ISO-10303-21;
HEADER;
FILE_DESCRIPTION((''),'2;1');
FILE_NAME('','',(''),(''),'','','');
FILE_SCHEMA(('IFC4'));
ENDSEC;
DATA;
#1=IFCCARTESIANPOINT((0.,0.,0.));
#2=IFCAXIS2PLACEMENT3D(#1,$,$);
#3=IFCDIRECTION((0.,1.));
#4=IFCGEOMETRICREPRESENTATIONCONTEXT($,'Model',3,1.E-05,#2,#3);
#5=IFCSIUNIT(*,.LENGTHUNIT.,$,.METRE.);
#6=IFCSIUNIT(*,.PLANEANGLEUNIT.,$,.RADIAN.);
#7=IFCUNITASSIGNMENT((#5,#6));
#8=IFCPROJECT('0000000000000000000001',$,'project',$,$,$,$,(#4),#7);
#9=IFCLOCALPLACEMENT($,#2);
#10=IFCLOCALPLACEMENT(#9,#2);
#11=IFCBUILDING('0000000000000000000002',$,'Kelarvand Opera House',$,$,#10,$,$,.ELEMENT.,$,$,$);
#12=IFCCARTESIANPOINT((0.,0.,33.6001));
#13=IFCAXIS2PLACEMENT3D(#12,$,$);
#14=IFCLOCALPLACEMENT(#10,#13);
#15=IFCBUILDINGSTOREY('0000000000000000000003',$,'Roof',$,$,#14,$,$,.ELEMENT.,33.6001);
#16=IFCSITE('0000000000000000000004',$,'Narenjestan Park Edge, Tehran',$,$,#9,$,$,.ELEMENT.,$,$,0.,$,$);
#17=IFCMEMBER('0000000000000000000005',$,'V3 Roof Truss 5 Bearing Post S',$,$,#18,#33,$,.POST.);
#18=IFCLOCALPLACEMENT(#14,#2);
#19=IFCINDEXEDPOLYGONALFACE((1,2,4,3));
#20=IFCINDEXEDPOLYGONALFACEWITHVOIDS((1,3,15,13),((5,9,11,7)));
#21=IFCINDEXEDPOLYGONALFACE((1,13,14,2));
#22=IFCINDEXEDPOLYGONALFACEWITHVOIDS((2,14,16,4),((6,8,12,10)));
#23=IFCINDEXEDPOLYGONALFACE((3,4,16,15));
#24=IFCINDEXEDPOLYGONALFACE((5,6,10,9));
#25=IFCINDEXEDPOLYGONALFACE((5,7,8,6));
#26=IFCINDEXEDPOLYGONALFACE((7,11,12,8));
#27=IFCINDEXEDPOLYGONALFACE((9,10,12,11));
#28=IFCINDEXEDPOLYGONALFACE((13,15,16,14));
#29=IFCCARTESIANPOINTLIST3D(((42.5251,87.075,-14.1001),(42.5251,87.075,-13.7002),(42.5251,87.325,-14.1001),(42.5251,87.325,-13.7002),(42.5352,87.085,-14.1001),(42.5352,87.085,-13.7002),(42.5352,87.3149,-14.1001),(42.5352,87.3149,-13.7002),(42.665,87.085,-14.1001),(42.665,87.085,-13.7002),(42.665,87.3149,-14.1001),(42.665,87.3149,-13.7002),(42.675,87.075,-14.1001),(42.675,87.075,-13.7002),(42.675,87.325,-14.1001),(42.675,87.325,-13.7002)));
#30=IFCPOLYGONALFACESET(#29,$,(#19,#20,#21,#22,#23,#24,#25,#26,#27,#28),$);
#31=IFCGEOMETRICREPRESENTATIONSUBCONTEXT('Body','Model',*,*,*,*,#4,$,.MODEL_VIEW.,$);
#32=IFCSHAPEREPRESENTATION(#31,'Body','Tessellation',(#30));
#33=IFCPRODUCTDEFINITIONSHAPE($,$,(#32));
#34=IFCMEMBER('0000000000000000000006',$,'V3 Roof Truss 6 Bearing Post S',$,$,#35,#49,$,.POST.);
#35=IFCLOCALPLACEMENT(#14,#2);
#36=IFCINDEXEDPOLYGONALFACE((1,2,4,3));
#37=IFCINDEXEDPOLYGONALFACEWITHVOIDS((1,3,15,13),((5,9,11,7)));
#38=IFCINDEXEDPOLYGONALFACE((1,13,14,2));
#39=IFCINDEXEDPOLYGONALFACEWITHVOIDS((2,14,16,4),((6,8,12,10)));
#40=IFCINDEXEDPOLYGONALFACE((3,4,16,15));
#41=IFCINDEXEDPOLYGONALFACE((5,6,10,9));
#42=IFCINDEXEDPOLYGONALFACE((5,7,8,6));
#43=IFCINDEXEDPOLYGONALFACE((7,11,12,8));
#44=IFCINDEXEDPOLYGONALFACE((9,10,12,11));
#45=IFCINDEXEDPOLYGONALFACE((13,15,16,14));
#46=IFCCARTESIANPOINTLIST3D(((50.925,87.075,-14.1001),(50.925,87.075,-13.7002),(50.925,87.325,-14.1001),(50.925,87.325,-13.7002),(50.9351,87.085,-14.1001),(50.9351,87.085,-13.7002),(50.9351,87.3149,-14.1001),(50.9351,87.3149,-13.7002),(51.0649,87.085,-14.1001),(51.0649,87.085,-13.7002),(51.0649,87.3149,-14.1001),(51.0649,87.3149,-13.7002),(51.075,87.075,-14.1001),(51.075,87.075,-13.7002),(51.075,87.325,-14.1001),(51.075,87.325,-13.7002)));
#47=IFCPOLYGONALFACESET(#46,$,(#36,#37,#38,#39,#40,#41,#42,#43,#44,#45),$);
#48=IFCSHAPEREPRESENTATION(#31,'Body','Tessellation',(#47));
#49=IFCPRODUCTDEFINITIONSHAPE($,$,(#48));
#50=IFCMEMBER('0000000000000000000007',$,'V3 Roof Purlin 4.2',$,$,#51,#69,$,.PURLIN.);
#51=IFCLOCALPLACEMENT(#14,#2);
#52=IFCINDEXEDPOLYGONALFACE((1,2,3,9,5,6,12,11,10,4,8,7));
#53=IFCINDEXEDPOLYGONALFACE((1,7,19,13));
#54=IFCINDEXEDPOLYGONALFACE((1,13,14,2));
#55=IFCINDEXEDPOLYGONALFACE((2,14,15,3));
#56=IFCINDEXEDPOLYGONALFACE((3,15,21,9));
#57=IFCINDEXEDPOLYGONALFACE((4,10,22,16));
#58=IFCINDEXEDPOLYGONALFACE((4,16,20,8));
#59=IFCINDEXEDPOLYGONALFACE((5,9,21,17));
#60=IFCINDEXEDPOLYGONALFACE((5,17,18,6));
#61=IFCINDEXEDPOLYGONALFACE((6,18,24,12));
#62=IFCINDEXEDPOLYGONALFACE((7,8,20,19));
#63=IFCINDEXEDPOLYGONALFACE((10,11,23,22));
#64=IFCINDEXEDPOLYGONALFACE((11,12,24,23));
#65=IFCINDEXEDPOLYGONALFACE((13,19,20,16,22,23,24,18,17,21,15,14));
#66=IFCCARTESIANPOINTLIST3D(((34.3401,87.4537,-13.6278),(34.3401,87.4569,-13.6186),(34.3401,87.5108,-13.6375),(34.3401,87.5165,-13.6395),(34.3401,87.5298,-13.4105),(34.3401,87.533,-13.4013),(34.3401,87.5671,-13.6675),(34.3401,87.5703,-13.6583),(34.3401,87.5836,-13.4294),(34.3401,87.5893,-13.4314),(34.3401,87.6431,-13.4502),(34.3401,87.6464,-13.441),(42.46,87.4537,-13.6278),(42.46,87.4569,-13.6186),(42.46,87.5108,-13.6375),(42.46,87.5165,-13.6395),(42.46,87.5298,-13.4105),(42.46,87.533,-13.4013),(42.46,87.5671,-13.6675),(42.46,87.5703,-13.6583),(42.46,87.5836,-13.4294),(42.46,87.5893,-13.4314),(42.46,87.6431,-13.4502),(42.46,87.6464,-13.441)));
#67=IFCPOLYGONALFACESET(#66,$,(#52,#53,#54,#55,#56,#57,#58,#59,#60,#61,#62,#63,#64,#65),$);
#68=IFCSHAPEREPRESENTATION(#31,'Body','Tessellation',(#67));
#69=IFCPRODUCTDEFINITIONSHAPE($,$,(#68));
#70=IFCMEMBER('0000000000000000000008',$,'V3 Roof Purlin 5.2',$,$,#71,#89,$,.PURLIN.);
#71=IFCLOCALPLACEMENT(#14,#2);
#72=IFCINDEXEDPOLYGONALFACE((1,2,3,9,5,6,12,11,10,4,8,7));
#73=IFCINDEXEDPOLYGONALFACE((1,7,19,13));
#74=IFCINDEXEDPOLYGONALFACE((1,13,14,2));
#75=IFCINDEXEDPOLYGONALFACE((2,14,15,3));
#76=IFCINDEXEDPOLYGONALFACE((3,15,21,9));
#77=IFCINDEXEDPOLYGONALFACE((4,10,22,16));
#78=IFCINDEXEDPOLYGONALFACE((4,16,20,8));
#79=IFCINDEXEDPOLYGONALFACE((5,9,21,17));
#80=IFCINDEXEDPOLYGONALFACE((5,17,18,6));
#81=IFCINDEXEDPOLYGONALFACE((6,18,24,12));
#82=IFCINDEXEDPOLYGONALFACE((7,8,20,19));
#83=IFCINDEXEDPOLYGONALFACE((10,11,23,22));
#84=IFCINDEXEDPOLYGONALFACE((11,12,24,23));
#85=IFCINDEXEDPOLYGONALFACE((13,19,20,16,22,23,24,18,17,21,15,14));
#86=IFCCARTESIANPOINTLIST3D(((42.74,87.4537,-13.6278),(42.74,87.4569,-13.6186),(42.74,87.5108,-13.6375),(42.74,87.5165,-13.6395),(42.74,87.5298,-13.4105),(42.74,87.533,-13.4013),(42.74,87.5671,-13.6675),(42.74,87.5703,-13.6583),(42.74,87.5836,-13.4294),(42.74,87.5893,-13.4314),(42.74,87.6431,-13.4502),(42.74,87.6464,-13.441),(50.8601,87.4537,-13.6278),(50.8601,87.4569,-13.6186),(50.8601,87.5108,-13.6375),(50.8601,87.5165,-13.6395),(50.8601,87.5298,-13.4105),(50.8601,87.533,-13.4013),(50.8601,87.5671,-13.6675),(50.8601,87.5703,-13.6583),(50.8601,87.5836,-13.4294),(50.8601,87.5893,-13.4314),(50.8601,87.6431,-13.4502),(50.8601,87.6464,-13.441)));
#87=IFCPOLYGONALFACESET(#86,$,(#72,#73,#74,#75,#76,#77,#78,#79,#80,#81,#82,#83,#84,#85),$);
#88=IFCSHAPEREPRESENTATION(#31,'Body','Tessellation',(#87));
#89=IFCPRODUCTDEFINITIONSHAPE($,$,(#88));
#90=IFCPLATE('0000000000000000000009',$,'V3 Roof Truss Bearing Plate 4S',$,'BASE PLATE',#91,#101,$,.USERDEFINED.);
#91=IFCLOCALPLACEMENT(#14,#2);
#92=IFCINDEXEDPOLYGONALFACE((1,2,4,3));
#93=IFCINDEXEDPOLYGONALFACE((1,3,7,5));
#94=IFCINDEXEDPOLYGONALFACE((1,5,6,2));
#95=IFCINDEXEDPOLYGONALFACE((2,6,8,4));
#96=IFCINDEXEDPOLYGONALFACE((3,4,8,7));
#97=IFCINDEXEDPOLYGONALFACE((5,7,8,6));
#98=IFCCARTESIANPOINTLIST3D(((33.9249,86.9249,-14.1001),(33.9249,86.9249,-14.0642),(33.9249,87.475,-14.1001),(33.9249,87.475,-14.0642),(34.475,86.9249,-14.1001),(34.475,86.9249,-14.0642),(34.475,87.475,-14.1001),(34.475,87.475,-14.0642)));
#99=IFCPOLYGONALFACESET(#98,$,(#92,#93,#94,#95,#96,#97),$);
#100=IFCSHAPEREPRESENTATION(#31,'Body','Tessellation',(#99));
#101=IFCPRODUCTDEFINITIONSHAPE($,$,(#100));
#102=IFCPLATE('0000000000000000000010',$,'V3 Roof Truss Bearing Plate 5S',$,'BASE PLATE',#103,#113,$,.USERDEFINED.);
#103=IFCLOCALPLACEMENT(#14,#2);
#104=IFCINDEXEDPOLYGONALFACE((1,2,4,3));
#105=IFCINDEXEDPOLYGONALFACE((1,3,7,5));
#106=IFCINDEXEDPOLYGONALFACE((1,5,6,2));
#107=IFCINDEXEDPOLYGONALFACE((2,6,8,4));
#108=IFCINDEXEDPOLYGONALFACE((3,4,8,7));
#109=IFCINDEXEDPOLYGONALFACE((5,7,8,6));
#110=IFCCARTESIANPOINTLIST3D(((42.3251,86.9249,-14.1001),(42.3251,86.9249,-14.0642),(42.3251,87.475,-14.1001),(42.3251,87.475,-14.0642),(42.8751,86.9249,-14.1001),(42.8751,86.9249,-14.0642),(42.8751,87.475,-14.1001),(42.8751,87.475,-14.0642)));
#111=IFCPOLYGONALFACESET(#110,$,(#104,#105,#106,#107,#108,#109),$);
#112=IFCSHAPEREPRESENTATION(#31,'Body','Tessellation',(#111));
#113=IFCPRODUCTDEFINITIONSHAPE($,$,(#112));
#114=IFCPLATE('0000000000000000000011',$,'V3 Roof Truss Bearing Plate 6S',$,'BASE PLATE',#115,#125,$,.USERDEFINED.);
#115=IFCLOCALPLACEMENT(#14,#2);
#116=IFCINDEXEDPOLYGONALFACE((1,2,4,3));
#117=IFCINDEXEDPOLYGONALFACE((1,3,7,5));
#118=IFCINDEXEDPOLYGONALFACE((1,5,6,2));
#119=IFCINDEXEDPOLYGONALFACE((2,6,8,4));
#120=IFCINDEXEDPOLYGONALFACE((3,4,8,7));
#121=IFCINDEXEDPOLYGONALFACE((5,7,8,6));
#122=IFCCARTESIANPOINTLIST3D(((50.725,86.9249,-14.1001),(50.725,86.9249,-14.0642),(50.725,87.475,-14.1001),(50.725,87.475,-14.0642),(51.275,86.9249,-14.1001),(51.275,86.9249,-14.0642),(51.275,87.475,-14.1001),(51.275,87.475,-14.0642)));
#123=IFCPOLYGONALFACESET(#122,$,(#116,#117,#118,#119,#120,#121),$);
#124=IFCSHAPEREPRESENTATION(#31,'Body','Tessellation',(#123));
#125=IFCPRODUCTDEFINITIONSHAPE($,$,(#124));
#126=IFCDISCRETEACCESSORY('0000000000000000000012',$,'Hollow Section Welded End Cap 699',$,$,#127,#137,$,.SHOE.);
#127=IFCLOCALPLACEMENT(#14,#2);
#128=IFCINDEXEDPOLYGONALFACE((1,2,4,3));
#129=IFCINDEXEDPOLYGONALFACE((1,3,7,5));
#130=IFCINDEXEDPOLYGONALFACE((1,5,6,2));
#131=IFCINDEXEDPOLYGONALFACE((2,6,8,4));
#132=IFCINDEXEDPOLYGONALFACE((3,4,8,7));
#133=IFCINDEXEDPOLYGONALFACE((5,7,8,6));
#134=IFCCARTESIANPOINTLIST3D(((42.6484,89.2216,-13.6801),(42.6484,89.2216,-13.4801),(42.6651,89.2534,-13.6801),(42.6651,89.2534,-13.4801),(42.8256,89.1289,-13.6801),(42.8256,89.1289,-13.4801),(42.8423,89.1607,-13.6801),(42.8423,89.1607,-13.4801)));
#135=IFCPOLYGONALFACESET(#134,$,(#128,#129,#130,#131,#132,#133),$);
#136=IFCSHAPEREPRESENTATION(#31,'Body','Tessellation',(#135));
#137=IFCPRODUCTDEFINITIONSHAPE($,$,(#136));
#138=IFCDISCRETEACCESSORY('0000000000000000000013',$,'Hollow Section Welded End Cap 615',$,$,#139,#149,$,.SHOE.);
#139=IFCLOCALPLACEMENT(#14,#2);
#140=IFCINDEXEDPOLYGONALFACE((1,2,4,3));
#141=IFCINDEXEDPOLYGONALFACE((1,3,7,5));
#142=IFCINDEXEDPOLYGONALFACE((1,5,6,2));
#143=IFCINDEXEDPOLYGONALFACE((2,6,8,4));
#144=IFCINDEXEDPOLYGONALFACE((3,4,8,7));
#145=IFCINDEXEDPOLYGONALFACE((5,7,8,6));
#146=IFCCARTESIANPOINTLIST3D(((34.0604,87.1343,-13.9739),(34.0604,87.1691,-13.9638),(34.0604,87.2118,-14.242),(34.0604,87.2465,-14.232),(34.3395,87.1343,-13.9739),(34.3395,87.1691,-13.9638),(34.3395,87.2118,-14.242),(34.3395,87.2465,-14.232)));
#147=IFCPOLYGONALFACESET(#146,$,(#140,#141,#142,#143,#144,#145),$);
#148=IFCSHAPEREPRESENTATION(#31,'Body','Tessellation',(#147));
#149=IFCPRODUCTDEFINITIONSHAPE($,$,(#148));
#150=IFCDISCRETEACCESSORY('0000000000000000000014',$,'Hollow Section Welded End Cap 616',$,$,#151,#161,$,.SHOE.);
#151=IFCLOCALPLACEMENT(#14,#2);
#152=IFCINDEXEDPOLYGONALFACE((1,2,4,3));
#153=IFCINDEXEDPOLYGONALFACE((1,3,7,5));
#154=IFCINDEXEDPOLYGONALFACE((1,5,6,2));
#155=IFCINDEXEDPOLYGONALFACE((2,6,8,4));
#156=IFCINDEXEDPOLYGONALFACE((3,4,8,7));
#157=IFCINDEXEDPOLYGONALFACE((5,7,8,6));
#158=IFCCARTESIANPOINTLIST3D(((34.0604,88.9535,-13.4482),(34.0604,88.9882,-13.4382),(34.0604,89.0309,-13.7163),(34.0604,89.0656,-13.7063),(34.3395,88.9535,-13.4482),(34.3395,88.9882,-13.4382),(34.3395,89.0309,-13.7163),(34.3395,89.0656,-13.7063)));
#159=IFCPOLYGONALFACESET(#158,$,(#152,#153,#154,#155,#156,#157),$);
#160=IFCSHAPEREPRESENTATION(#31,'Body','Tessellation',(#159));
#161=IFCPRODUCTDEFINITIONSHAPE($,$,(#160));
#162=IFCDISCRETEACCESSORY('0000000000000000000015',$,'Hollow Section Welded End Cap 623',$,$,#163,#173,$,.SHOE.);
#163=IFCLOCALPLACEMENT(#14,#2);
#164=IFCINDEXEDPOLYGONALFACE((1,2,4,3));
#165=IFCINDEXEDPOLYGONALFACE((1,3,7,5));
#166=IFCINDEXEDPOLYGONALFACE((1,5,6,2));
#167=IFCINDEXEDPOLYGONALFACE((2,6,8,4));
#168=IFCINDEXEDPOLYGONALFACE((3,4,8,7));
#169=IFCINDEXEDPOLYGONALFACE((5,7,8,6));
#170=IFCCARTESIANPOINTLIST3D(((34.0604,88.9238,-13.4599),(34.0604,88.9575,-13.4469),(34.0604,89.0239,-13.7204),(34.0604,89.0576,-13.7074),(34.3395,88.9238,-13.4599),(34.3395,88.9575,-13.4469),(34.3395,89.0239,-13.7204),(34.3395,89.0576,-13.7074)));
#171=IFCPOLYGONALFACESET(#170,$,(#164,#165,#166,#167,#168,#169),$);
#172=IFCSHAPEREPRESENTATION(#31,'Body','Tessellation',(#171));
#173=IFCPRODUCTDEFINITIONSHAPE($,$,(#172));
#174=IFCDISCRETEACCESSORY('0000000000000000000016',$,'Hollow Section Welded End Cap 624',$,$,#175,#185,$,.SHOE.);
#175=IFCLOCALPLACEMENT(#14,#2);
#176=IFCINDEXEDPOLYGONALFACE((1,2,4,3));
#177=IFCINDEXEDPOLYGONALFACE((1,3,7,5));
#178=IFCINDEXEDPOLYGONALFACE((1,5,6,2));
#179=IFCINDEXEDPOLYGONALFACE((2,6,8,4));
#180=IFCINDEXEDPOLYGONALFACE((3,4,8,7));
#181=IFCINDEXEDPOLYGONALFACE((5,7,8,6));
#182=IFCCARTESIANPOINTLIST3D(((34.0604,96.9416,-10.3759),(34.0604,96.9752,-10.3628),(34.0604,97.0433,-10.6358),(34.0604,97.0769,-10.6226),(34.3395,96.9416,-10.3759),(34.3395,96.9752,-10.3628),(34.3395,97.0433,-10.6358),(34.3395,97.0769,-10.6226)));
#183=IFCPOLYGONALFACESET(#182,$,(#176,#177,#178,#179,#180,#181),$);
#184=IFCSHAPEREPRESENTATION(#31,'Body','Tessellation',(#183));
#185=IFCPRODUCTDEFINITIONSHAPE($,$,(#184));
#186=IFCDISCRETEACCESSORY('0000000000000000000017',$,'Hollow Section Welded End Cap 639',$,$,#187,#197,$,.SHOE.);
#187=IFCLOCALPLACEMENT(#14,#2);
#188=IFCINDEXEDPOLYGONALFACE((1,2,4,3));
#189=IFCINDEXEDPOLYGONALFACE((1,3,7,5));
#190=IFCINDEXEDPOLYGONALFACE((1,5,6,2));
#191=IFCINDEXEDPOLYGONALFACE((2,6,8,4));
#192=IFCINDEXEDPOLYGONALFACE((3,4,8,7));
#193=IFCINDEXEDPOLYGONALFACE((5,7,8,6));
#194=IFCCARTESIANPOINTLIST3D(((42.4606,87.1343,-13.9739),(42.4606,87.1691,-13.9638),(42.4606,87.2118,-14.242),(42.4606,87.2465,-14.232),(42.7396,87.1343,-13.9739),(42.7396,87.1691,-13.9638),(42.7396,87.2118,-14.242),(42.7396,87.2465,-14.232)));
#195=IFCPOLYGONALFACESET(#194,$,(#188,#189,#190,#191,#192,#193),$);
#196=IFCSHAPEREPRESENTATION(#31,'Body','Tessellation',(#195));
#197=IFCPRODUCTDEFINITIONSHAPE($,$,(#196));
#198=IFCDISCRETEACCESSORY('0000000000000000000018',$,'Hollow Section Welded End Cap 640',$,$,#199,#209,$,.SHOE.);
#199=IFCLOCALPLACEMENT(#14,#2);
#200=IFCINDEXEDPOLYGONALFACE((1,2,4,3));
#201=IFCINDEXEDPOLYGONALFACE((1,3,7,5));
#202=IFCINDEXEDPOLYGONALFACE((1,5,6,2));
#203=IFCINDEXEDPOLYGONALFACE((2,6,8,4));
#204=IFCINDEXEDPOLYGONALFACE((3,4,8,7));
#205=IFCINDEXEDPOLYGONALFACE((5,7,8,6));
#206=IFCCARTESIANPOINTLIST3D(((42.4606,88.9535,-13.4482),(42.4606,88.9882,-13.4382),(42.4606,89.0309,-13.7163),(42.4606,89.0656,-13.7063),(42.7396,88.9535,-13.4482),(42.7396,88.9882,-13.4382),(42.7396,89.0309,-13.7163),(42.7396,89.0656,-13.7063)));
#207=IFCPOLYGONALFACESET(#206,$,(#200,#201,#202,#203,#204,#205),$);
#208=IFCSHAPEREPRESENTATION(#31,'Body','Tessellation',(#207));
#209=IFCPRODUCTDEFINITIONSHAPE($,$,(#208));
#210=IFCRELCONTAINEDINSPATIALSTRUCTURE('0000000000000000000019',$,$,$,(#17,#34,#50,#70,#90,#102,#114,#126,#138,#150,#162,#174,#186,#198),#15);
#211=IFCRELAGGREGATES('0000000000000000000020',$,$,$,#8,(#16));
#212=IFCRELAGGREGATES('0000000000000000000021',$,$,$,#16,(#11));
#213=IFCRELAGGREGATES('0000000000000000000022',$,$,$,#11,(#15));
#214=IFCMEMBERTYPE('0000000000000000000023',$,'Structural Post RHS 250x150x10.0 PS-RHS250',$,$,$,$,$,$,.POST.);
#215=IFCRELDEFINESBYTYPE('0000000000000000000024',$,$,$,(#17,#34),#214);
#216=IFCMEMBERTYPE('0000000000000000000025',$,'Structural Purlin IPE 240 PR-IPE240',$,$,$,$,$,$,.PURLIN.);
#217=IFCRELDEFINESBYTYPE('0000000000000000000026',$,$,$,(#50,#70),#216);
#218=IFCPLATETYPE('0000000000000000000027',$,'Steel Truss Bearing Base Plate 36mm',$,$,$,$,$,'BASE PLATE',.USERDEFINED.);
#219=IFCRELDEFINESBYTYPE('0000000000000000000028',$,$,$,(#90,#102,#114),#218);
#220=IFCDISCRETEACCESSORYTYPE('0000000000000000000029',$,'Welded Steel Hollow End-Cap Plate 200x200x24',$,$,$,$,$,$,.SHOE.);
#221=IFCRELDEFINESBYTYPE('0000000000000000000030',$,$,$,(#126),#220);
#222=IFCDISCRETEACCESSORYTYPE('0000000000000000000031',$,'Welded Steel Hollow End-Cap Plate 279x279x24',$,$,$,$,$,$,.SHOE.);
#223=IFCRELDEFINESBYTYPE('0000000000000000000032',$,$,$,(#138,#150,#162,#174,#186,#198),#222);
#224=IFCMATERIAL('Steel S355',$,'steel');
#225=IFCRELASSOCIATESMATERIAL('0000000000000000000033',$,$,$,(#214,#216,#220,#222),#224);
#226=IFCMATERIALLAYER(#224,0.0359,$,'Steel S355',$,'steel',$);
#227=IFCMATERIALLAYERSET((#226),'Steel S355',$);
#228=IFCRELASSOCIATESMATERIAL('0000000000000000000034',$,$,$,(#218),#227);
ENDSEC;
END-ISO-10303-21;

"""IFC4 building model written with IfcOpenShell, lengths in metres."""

from ifc_helpers import new_model, si_unit, direction, frame, origin, origin_2d, place, context, subcontext, project, spatial, rectangle, hollow_rectangle, i_section, extrude, material, layer, layer_set, material_profile, profile_set, type_object, element, save


model = new_model("IFC4")

# Units and contexts
model_context = context("Model", 3, precision=1e-05, world=origin(), true_north=direction((0.0, 1.0)))
body_context = subcontext(model_context, "Body", "Model", "MODEL_VIEW")
ifc_project = project(units=[si_unit("LENGTHUNIT", "METRE"), si_unit("PLANEANGLEUNIT", "RADIAN")], contexts=[model_context])

# Site, building, storey
site_placement = place(None, origin())
site = spatial("IfcSite", under=ifc_project, at=site_placement, Name="Narenjestan Park Edge, Tehran", CompositionType="ELEMENT", RefElevation=0.0)
building_placement = place(site_placement, origin())
building = spatial("IfcBuilding", under=site, at=building_placement, Name="Kelarvand Opera House", CompositionType="ELEMENT")
storey_placement = place(building_placement, frame((0.0, 0.0, 33.6001)))
storey = spatial("IfcBuildingStorey", under=building, at=storey_placement, Name="Roof", CompositionType="ELEMENT", Elevation=33.6001)

# Members
ifc_material = material(Name="Steel S355", Category="steel")
ifc_material_profile_1 = material_profile(ifc_material, hollow_rectangle(XDim=0.1499, YDim=0.25, WallThickness=0.01, at=origin_2d()), Name="RHS 250x150x10.0", Category="steel")
ifc_profile_set_1 = profile_set([ifc_material_profile_1], Name="Steel S355")
member_type_1 = type_object("IfcMemberType", Name="Structural Post RHS 250x150x10.0 PS-RHS250", PredefinedType="POST", material=ifc_profile_set_1)
for number, where, z_axis, x_axis, name in (
    (1, (42.6001, 87.2, -14.1001), (0.0, 0.0, 1.0), (1.0, 0.0, 0.0), "V3 Roof Truss 5 Bearing Post S"),
    (2, (51.0, 87.2, -14.1001), (0.0, 0.0, 1.0), (1.0, 0.0, 0.0), "V3 Roof Truss 6 Bearing Post S"),
):
    element("IfcMember", number, at=place(storey_placement, frame(where, z_axis=z_axis, x_axis=x_axis)), inside=storey, type_object=member_type_1, Name=name, PredefinedType="POST", context=body_context, shape_type="SweptSolid", body=[
        extrude(hollow_rectangle(XDim=0.1499, YDim=0.25, WallThickness=0.01, at=origin_2d()), origin(), (0.0, 0.0, 1.0), 0.3999),
    ])
ifc_material_profile_2 = material_profile(ifc_material, i_section(OverallWidth=0.1201, OverallDepth=0.24, WebThickness=0.0061, FlangeThickness=0.0098, at=origin_2d()), Name="IPE 240", Category="steel")
ifc_profile_set_2 = profile_set([ifc_material_profile_2], Name="Steel S355")
member_type_2 = type_object("IfcMemberType", Name="Structural Purlin IPE 240 PR-IPE240", PredefinedType="PURLIN", material=ifc_profile_set_2)
member_1_placement = place(storey_placement, frame((34.3401, 87.55, -13.5344), z_axis=(1.0, 0.0, 0.0), x_axis=(0.0, 0.943859, -0.33035)))
element("IfcMember", 3, at=member_1_placement, inside=storey, type_object=member_type_2, Name="V3 Roof Purlin 4.2", PredefinedType="PURLIN", context=body_context, shape_type="SweptSolid", body=[
    extrude(i_section(OverallWidth=0.1201, OverallDepth=0.24, WebThickness=0.0061, FlangeThickness=0.0098, at=origin_2d()), origin(), (0.0, 0.0, 1.0), 8.1199),
])
member_2_placement = place(storey_placement, frame((42.74, 87.55, -13.5344), z_axis=(1.0, 0.0, 0.0), x_axis=(0.0, 0.943859, -0.33035)))
element("IfcMember", 4, at=member_2_placement, inside=storey, type_object=member_type_2, Name="V3 Roof Purlin 5.2", PredefinedType="PURLIN", context=body_context, shape_type="SweptSolid", body=[
    extrude(i_section(OverallWidth=0.1201, OverallDepth=0.24, WebThickness=0.0061, FlangeThickness=0.0098, at=origin_2d()), origin(), (0.0, 0.0, 1.0), 8.1201),
])

# Plates
ifc_layer = layer(ifc_material, 0.0359, Name="Steel S355", Category="steel")
ifc_layer_set = layer_set([ifc_layer], Name="Steel S355")
plate_type = type_object("IfcPlateType", Name="Steel Truss Bearing Base Plate 36mm", ElementType="BASE PLATE", PredefinedType="USERDEFINED", material=ifc_layer_set)
for number, where, z_axis, x_axis, name in (
    (5, (34.2, 87.2, -14.1001), (0.0, 0.0, 1.0), (1.0, 0.0, 0.0), "V3 Roof Truss Bearing Plate 4S"),
    (6, (42.6001, 87.2, -14.1001), (0.0, 0.0, 1.0), (1.0, 0.0, 0.0), "V3 Roof Truss Bearing Plate 5S"),
    (7, (51.0, 87.2, -14.1001), (0.0, 0.0, 1.0), (1.0, 0.0, 0.0), "V3 Roof Truss Bearing Plate 6S"),
):
    element("IfcPlate", number, at=place(storey_placement, frame(where, z_axis=z_axis, x_axis=x_axis)), inside=storey, type_object=plate_type, Name=name, ObjectType="BASE PLATE", PredefinedType="USERDEFINED", context=body_context, shape_type="SweptSolid", body=[
        extrude(rectangle(XDim=0.55, YDim=0.55, at=origin_2d()), origin(), (0.0, 0.0, 1.0), 0.0359),
    ])

# Discrete accessories
ifc_material_profile_3 = material_profile(ifc_material, rectangle(XDim=0.2, YDim=0.2, at=origin_2d()), Name="Welded Steel Hollow End-Cap Plate 200x200x24", Category="steel")
ifc_profile_set_3 = profile_set([ifc_material_profile_3], Name="Steel S355")
discrete_accessory_type_1 = type_object("IfcDiscreteAccessoryType", Name="Welded Steel Hollow End-Cap Plate 200x200x24", PredefinedType="SHOE", material=ifc_profile_set_3)
discrete_accessory_1_placement = place(storey_placement, frame((42.7537, 89.207, -13.5801), z_axis=(-0.463498, -0.886098, 0.0), x_axis=(0.886098, -0.463498, 0.0)))
element("IfcDiscreteAccessory", 8, at=discrete_accessory_1_placement, inside=storey, type_object=discrete_accessory_type_1, Name="Hollow Section Welded End Cap 699", PredefinedType="SHOE", context=body_context, shape_type="SweptSolid", body=[
    extrude(rectangle(XDim=0.2, YDim=0.2, at=origin_2d()), origin(), (0.0, 0.0, 1.0), 0.0359),
])
ifc_material_profile_4 = material_profile(ifc_material, rectangle(XDim=0.2791, YDim=0.2791, at=origin_2d()), Name="Welded Steel Hollow End-Cap Plate 279x279x24", Category="steel")
ifc_profile_set_4 = profile_set([ifc_material_profile_4], Name="Steel S355")
discrete_accessory_type_2 = type_object("IfcDiscreteAccessoryType", Name="Welded Steel Hollow End-Cap Plate 279x279x24", PredefinedType="SHOE", material=ifc_profile_set_4)
for number, where, z_axis, x_axis, name in (
    (9, (34.2, 87.2078, -14.0979), (0.0, -0.960754, -0.277401), (1.0, 0.0, 0.0), "Hollow Section Welded End Cap 615"),
    (10, (34.2, 88.9922, -13.5823), (0.0, 0.960754, 0.277401), (-1.0, 0.0, 0.0), "Hollow Section Welded End Cap 616"),
    (11, (34.2, 89.0076, -13.5771), (0.0, -0.93352, -0.358526), (1.0, 0.0, 0.0), "Hollow Section Welded End Cap 623"),
    (12, (34.2, 96.9924, -10.5059), (0.0, 0.931243, 0.364399), (-1.0, 0.0, 0.0), "Hollow Section Welded End Cap 624"),
    (13, (42.6001, 87.2078, -14.0979), (0.0, -0.960754, -0.277401), (1.0, 0.0, 0.0), "Hollow Section Welded End Cap 639"),
    (14, (42.6001, 88.9922, -13.5823), (0.0, 0.960754, 0.277401), (-1.0, 0.0, 0.0), "Hollow Section Welded End Cap 640"),
):
    element("IfcDiscreteAccessory", number, at=place(storey_placement, frame(where, z_axis=z_axis, x_axis=x_axis)), inside=storey, type_object=discrete_accessory_type_2, Name=name, PredefinedType="SHOE", context=body_context, shape_type="SweptSolid", body=[
        extrude(rectangle(XDim=0.2791, YDim=0.2791, at=origin_2d()), origin(), (0.0, 0.0, 1.0), 0.0361),
    ])

save(model, "model.ifc")
